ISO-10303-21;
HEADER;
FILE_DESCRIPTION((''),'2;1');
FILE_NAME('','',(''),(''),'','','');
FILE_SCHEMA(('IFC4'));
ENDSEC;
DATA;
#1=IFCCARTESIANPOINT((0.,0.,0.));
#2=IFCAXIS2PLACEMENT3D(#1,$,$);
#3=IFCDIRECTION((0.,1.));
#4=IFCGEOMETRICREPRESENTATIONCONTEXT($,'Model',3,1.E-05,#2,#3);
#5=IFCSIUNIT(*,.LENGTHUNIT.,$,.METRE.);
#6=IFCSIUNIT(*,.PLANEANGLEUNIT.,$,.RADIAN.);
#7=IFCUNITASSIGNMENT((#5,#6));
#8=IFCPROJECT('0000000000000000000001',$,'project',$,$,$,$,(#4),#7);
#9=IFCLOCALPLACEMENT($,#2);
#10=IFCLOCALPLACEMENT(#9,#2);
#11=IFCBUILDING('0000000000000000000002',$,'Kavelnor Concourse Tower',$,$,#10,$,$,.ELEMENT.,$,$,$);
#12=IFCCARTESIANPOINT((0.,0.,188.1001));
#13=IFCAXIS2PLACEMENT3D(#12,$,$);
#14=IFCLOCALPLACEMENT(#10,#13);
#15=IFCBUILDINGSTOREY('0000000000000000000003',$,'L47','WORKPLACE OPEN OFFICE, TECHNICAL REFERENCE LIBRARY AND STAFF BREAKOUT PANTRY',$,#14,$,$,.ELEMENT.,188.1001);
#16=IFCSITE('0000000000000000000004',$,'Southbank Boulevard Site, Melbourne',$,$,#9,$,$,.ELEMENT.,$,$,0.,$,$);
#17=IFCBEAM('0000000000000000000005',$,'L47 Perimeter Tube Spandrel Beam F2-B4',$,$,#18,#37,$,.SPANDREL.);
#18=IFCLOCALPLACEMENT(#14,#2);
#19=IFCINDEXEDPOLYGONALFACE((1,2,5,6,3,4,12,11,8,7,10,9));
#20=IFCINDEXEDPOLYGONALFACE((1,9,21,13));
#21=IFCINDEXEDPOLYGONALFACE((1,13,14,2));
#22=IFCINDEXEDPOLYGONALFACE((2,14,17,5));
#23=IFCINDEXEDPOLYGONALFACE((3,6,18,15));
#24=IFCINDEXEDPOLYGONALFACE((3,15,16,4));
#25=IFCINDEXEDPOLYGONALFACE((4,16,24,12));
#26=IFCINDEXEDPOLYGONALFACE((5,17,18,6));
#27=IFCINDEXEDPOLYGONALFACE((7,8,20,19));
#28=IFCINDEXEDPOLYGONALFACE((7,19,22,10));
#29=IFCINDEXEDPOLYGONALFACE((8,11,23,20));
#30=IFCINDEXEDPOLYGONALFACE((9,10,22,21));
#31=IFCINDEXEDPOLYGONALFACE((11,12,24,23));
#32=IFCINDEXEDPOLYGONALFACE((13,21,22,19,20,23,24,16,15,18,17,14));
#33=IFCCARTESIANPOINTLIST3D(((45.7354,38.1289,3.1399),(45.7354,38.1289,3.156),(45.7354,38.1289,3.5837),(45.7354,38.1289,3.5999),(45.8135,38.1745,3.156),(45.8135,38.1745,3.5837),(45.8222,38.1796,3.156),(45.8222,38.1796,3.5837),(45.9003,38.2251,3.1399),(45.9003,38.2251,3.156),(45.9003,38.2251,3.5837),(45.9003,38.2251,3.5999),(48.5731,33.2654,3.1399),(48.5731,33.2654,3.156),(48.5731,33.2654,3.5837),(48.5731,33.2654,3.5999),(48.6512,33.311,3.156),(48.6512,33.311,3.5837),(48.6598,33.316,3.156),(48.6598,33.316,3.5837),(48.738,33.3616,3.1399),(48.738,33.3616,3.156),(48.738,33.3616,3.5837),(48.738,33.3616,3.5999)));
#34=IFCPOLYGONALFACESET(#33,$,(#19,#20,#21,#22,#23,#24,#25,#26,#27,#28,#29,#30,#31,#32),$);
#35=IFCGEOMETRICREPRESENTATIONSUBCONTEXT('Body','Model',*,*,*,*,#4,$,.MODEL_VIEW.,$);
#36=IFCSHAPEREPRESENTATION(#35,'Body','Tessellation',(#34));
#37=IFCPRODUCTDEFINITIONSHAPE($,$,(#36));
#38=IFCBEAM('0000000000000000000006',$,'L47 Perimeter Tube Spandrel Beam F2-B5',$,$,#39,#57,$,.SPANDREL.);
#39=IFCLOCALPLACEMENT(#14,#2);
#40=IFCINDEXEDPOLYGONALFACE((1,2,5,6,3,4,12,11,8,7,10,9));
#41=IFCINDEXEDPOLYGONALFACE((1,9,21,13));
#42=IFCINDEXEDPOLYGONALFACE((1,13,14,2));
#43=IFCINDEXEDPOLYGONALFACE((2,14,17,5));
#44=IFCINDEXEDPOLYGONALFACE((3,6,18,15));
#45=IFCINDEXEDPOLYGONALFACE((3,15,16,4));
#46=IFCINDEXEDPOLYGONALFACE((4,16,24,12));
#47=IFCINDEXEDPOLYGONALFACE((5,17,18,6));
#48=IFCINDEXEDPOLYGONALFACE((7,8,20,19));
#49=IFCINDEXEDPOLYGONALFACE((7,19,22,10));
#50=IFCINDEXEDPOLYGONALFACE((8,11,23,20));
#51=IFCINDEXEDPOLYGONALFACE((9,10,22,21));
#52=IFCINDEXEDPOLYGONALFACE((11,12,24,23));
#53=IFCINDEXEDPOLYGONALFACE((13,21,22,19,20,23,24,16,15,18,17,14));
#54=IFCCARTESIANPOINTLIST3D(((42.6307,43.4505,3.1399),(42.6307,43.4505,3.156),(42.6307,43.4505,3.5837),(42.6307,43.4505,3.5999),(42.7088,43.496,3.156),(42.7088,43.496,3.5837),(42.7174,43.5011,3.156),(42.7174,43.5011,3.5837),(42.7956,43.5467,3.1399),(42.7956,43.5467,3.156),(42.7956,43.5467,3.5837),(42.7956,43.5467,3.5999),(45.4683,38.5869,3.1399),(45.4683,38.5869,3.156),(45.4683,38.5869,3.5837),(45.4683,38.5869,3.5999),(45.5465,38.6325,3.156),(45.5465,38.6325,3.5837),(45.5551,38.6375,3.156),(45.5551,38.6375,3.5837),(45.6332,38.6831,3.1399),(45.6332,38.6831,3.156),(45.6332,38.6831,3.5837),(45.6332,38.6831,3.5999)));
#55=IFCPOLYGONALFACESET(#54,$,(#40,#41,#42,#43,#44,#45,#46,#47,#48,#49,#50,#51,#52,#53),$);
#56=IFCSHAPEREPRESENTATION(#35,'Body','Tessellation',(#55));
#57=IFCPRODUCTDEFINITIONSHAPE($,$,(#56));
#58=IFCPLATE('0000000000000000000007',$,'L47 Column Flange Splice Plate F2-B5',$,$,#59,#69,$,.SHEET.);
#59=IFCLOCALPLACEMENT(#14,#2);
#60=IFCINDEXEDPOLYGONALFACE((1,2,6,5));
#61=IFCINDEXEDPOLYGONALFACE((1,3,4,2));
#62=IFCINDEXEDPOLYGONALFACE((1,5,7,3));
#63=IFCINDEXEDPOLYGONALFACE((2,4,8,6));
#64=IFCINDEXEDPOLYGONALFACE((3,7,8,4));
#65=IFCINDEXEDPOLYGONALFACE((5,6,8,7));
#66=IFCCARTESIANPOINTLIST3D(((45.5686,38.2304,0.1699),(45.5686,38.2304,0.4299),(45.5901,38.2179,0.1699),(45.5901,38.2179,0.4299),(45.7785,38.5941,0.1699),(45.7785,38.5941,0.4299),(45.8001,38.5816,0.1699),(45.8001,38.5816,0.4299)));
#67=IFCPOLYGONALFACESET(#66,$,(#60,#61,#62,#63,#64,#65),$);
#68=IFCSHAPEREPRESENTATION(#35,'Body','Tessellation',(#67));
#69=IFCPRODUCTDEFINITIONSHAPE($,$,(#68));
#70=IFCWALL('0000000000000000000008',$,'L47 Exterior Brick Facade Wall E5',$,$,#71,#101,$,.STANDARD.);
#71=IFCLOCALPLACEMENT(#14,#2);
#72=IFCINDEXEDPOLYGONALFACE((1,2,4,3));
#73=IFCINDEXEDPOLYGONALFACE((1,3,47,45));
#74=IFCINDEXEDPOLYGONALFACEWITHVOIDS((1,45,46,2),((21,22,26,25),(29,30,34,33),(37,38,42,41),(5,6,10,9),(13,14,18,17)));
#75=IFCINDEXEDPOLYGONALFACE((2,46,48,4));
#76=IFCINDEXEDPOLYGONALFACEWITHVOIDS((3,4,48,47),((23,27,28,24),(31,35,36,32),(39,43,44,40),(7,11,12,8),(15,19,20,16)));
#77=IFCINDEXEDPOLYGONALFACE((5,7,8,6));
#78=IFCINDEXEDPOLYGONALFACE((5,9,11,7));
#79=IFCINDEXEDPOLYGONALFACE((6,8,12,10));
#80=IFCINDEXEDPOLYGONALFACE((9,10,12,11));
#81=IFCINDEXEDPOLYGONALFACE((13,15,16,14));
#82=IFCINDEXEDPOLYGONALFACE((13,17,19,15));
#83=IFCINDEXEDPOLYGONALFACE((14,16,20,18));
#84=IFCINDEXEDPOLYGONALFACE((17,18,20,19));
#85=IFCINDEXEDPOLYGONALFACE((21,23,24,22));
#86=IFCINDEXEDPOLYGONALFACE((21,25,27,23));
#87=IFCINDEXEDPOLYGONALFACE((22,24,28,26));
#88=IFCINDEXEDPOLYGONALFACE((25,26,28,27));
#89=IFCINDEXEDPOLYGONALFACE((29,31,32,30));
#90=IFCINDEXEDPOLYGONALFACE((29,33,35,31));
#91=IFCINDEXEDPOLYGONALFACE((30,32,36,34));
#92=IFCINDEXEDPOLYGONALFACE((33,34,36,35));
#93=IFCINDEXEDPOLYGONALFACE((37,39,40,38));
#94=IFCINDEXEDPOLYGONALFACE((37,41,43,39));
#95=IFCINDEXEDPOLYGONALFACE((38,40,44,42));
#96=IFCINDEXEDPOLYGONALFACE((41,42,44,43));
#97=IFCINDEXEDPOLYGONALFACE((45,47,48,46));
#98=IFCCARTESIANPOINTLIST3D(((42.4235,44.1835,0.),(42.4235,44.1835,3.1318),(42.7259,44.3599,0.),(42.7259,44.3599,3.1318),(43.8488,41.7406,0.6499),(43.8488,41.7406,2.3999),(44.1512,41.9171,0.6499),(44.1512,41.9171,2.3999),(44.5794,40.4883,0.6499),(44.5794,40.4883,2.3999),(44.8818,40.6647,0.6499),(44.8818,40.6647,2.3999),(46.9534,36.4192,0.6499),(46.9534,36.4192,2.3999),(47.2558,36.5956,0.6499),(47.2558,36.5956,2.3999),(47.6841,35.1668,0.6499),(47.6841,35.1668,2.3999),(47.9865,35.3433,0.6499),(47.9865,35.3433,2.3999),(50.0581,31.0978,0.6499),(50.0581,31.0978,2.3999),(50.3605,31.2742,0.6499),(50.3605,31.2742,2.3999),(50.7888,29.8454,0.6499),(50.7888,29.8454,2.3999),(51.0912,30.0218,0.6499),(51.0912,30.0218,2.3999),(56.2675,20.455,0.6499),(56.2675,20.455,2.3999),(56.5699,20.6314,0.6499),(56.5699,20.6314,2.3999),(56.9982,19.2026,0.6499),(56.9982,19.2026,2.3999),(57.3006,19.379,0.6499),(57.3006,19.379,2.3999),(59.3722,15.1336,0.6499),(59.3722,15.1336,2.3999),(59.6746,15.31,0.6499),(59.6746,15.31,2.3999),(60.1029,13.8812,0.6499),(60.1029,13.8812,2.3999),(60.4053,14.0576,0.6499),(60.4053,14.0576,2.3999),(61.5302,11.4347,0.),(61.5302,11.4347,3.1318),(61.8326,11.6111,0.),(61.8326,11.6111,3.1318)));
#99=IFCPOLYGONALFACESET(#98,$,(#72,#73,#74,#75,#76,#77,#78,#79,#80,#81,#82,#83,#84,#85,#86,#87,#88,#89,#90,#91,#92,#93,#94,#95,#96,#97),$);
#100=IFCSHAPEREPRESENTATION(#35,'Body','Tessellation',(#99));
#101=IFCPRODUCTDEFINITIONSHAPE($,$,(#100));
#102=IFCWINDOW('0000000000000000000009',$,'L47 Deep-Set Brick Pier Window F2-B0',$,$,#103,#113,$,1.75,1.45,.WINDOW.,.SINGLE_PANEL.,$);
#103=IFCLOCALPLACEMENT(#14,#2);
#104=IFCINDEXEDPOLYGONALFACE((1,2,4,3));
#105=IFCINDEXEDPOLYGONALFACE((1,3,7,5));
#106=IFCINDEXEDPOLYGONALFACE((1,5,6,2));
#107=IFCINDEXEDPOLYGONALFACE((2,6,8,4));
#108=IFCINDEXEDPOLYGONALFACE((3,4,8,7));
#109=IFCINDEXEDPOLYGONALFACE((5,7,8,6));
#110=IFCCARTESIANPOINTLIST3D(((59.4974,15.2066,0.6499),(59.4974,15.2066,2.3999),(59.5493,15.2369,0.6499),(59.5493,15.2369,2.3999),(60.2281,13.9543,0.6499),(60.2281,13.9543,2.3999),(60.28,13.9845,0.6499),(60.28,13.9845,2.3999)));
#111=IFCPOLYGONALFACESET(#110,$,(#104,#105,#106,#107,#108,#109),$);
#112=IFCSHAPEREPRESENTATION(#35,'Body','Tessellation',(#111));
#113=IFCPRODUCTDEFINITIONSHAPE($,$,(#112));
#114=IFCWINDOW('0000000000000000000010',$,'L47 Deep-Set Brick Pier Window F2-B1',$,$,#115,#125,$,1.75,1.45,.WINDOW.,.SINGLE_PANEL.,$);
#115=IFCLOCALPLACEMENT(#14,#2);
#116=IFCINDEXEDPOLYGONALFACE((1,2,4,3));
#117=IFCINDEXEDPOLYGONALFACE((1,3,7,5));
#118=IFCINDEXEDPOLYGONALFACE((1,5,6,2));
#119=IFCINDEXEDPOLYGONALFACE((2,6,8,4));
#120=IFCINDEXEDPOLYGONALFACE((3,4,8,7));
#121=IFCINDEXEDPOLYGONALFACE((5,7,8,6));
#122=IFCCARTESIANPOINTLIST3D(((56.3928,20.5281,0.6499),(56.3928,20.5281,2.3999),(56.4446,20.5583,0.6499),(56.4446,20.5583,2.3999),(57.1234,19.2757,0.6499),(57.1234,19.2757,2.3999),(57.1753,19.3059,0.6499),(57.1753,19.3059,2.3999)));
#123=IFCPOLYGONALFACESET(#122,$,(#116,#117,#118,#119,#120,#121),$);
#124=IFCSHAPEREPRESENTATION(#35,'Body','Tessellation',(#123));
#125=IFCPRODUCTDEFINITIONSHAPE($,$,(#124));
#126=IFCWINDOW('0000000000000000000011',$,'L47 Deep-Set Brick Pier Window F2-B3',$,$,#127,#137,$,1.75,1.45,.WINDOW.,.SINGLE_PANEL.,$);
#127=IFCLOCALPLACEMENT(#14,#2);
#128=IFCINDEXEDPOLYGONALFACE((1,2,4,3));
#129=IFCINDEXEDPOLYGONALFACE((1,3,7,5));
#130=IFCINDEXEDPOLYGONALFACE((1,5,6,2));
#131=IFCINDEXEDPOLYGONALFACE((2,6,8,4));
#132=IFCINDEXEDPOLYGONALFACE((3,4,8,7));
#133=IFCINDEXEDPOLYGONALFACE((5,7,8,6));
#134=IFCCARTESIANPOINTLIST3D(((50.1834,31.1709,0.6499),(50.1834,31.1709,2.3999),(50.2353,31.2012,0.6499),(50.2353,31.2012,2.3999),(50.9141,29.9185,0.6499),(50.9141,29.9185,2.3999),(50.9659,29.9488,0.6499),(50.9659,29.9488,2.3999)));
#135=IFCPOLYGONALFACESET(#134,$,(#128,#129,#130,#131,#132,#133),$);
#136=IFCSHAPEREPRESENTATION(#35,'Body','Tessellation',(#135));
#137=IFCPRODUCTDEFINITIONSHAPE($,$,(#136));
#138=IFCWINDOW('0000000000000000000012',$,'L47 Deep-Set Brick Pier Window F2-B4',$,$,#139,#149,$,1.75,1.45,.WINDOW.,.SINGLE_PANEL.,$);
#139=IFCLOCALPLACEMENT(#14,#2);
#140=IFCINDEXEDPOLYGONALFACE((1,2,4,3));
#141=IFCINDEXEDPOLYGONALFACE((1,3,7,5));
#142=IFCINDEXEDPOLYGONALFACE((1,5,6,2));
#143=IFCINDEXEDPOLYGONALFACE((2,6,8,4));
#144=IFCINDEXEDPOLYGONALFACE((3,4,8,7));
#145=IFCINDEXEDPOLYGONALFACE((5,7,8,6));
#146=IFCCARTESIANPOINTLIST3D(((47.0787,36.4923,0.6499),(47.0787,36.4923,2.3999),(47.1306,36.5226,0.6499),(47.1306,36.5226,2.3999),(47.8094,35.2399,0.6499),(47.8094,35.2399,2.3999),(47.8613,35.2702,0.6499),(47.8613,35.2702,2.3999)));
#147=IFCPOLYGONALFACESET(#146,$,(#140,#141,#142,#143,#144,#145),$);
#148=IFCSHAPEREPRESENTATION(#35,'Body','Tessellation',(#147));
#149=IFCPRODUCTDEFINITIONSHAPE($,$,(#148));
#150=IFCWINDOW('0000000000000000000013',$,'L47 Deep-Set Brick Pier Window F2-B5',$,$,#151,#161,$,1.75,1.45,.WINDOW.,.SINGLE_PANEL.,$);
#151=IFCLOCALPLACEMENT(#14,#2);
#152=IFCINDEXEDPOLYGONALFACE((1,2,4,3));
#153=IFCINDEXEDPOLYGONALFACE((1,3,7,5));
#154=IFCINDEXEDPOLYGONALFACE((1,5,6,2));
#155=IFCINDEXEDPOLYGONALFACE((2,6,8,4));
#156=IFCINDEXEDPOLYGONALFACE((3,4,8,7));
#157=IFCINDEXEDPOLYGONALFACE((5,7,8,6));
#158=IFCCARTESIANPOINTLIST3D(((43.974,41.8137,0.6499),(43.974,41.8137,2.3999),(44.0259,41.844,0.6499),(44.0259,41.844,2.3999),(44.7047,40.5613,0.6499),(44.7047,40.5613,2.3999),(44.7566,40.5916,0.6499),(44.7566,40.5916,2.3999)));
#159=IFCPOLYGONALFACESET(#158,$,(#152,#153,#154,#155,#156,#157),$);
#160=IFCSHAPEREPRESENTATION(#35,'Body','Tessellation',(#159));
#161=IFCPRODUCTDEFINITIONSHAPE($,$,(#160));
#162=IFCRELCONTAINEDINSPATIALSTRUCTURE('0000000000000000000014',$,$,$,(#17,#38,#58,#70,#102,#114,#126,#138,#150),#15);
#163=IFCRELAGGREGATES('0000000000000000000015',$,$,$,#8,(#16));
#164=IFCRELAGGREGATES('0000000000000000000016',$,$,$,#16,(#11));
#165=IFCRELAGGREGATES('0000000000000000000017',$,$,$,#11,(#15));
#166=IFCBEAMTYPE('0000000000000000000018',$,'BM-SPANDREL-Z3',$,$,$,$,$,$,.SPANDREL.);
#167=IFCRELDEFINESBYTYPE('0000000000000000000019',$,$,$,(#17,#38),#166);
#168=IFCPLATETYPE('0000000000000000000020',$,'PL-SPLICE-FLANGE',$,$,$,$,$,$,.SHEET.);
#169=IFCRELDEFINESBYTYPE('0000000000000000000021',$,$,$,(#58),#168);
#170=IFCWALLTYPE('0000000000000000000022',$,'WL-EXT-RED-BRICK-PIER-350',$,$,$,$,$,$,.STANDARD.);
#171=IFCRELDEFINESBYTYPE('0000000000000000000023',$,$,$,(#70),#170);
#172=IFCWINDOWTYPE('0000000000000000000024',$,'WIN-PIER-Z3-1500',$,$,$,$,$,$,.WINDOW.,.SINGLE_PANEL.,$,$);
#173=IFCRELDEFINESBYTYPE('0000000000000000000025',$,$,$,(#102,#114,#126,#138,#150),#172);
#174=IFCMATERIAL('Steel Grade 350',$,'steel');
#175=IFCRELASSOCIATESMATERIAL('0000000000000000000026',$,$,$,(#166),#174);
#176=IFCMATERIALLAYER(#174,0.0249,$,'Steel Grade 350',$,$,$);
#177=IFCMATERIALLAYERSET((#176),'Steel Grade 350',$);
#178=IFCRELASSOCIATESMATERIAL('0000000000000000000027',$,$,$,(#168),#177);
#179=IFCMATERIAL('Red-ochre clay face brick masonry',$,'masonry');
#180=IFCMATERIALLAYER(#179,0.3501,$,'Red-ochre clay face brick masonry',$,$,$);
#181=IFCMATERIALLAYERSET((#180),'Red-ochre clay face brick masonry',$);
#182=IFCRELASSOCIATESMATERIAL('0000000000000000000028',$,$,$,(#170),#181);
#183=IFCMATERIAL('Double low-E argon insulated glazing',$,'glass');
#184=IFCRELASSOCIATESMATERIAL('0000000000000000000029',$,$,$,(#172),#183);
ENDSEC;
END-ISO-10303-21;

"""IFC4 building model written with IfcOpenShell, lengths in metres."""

from ifc_helpers import new_model, si_unit, direction, frame, frame_2d, origin, origin_2d, place, context, subcontext, project, spatial, rectangle, i_section, extrude, material, layer, layer_set, material_profile, profile_set, type_object, element, fill, save


model = new_model("IFC4")

# Units and contexts
model_context = context("Model", 3, precision=1e-05, world=origin(), true_north=direction((0.0, 1.0)))
body_context = subcontext(model_context, "Body", "Model", "MODEL_VIEW")
ifc_project = project(units=[si_unit("LENGTHUNIT", "METRE"), si_unit("PLANEANGLEUNIT", "RADIAN")], contexts=[model_context])

# Site, building, storey
site_placement = place(None, origin())
site = spatial("IfcSite", under=ifc_project, at=site_placement, Name="Southbank Boulevard Site, Melbourne", CompositionType="ELEMENT", RefElevation=0.0)
building_placement = place(site_placement, origin())
building = spatial("IfcBuilding", under=site, at=building_placement, Name="Kavelnor Concourse Tower", CompositionType="ELEMENT")
storey_placement = place(building_placement, frame((0.0, 0.0, 188.1001)))
storey = spatial("IfcBuildingStorey", under=building, at=storey_placement, Name="L47", Description="WORKPLACE OPEN OFFICE, TECHNICAL REFERENCE LIBRARY AND STAFF BREAKOUT PANTRY", CompositionType="ELEMENT", Elevation=188.1001)

# Shared definitions
ifc_material_1 = material(Name="Steel Grade 350", Category="steel")

# Beams
ifc_material_profile_1 = material_profile(ifc_material_1, i_section(OverallWidth=0.1909, OverallDepth=0.46, WebThickness=0.01, FlangeThickness=0.0161, at=origin_2d()), Name="460UB82")
ifc_profile_set_1 = profile_set([ifc_material_profile_1], Name="Steel Grade 350")
beam_type_1 = type_object("IfcBeamType", Name="BM-SPANDREL-Z3", PredefinedType="SPANDREL", material=ifc_profile_set_1)
for number, where, z_axis, x_axis, name in (
    (1, (48.6555, 33.3135, 3.3699), (-0.503949, 0.863733, 0.0), (-0.863733, -0.503949, 0.0), "L47 Perimeter Tube Spandrel Beam F2-B4"),
    (2, (45.5508, 38.635, 3.3699), (-0.503949, 0.863733, 0.0), (-0.863733, -0.503949, 0.0), "L47 Perimeter Tube Spandrel Beam F2-B5"),
):
    element("IfcBeam", number, at=place(storey_placement, frame(where, z_axis=z_axis, x_axis=x_axis)), inside=storey, type_object=beam_type_1, Name=name, PredefinedType="SPANDREL", context=body_context, shape_type="SweptSolid", body=[
        extrude(i_section(OverallWidth=0.1909, OverallDepth=0.46, WebThickness=0.01, FlangeThickness=0.0161, at=origin_2d()), origin(), (0.0, 0.0, 1.0), 5.6309),
    ])

# Plate
ifc_layer_1 = layer(ifc_material_1, 0.0249, Name="Steel Grade 350")
ifc_layer_set_1 = layer_set([ifc_layer_1], Name="Steel Grade 350")
plate_type = type_object("IfcPlateType", Name="PL-SPLICE-FLANGE", PredefinedType="SHEET", material=ifc_layer_set_1)
plate_placement = place(storey_placement, frame((45.6843, 38.406, 0.1699), z_axis=(0.0, 0.0, 1.0), x_axis=(-0.5, -0.866025, 0.0)))
element("IfcPlate", 3, at=plate_placement, inside=storey, type_object=plate_type, Name="L47 Column Flange Splice Plate F2-B5", PredefinedType="SHEET", context=body_context, shape_type="SweptSolid", body=[
    extrude(rectangle(XDim=0.4199, YDim=0.0249, at=origin_2d()), origin(), (0.0, 0.0, 1.0), 0.26),
])

# Wall, openings, windows
ifc_material_2 = material(Name="Red-ochre clay face brick masonry", Category="masonry")
ifc_layer_2 = layer(ifc_material_2, 0.3501, Name="Red-ochre clay face brick masonry")
ifc_layer_set_2 = layer_set([ifc_layer_2], Name="Red-ochre clay face brick masonry")
wall_type_1 = type_object("IfcWallType", Name="WL-EXT-RED-BRICK-PIER-350", PredefinedType="STANDARD", material=ifc_layer_set_2)
wall_1_placement = place(storey_placement, frame((42.5747, 44.2717, 0.0), z_axis=(0.0, 0.0, 1.0), x_axis=(0.503935, -0.863742, 0.0)))
wall_1 = element("IfcWall", 4, at=wall_1_placement, inside=storey, type_object=wall_type_1, Name="L47 Exterior Brick Facade Wall E5", PredefinedType="STANDARD", context=body_context, shape_type="SweptSolid", body=[
    extrude(rectangle(XDim=37.915, YDim=0.3501, at=frame_2d((18.9575, 0.0))), origin(), (0.0, 0.0, 1.0), 3.1318),
])
opening_1_placement = place(wall_1_placement, frame((33.6326, 0.0, 0.6499)))
opening_1 = element("IfcOpeningElement", 5, at=opening_1_placement, cuts=wall_1, PredefinedType="OPENING", context=body_context, shape_type="SweptSolid", body=[
    extrude(rectangle(XDim=1.45, YDim=1.75, at=frame_2d((0.7251, 0.875))), frame((0.0, 0.1851, 0.0), z_axis=(0.0, -1.0, 0.0), x_axis=(1.0, 0.0, 0.0)), (0.0, 0.0, 1.0), 0.3701),
])
opening_2_placement = place(wall_1_placement, frame((27.4717, 0.0, 0.6499)))
opening_2 = element("IfcOpeningElement", 6, at=opening_2_placement, cuts=wall_1, PredefinedType="OPENING", context=body_context, shape_type="SweptSolid", body=[
    extrude(rectangle(XDim=1.45, YDim=1.75, at=frame_2d((0.7251, 0.875))), frame((0.0, 0.1851, 0.0), z_axis=(0.0, -1.0, 0.0), x_axis=(1.0, 0.0, 0.0)), (0.0, 0.0, 1.0), 0.3701),
])
opening_3_placement = place(wall_1_placement, frame((15.1499, 0.0, 0.6499)))
opening_3 = element("IfcOpeningElement", 7, at=opening_3_placement, cuts=wall_1, PredefinedType="OPENING", context=body_context, shape_type="SweptSolid", body=[
    extrude(rectangle(XDim=1.45, YDim=1.75, at=frame_2d((0.7251, 0.875))), frame((0.0, 0.1851, 0.0), z_axis=(0.0, -1.0, 0.0), x_axis=(1.0, 0.0, 0.0)), (0.0, 0.0, 1.0), 0.3701),
])
opening_4_placement = place(wall_1_placement, frame((8.989, 0.0, 0.6499)))
opening_4 = element("IfcOpeningElement", 8, at=opening_4_placement, cuts=wall_1, PredefinedType="OPENING", context=body_context, shape_type="SweptSolid", body=[
    extrude(rectangle(XDim=1.45, YDim=1.75, at=frame_2d((0.7251, 0.875))), frame((0.0, 0.1851, 0.0), z_axis=(0.0, -1.0, 0.0), x_axis=(1.0, 0.0, 0.0)), (0.0, 0.0, 1.0), 0.3701),
])
opening_5_placement = place(wall_1_placement, frame((2.8281, 0.0, 0.6499)))
opening_5 = element("IfcOpeningElement", 9, at=opening_5_placement, cuts=wall_1, PredefinedType="OPENING", context=body_context, shape_type="SweptSolid", body=[
    extrude(rectangle(XDim=1.45, YDim=1.75, at=frame_2d((0.7251, 0.875))), frame((0.0, 0.1851, 0.0), z_axis=(0.0, -1.0, 0.0), x_axis=(1.0, 0.0, 0.0)), (0.0, 0.0, 1.0), 0.3701),
])
ifc_material_3 = material(Name="Double low-E argon insulated glazing", Category="glass")
window_type = type_object("IfcWindowType", Name="WIN-PIER-Z3-1500", PartitioningType="SINGLE_PANEL", PredefinedType="WINDOW", material=ifc_material_3)
window_1_placement = place(opening_1_placement, origin())
window_1 = element("IfcWindow", 10, at=window_1_placement, inside=storey, type_object=window_type, Name="L47 Deep-Set Brick Pier Window F2-B0", OverallHeight=1.75, OverallWidth=1.45, PartitioningType="SINGLE_PANEL", PredefinedType="WINDOW", context=body_context, shape_type="SweptSolid", body=[
    extrude(rectangle(XDim=1.45, YDim=1.75, at=frame_2d((0.7251, 0.875))), frame((0.0, 0.03, 0.0), z_axis=(0.0, -1.0, 0.0), x_axis=(1.0, 0.0, 0.0)), (0.0, 0.0, 1.0), 0.0601),
])
fill(opening_1, window_1)
window_2_placement = place(opening_2_placement, origin())
window_2 = element("IfcWindow", 11, at=window_2_placement, inside=storey, type_object=window_type, Name="L47 Deep-Set Brick Pier Window F2-B1", OverallHeight=1.75, OverallWidth=1.45, PartitioningType="SINGLE_PANEL", PredefinedType="WINDOW", context=body_context, shape_type="SweptSolid", body=[
    extrude(rectangle(XDim=1.45, YDim=1.75, at=frame_2d((0.7251, 0.875))), frame((0.0, 0.03, 0.0), z_axis=(0.0, -1.0, 0.0), x_axis=(1.0, 0.0, 0.0)), (0.0, 0.0, 1.0), 0.0601),
])
fill(opening_2, window_2)
window_3_placement = place(opening_3_placement, origin())
window_3 = element("IfcWindow", 12, at=window_3_placement, inside=storey, type_object=window_type, Name="L47 Deep-Set Brick Pier Window F2-B3", OverallHeight=1.75, OverallWidth=1.45, PartitioningType="SINGLE_PANEL", PredefinedType="WINDOW", context=body_context, shape_type="SweptSolid", body=[
    extrude(rectangle(XDim=1.45, YDim=1.75, at=frame_2d((0.7251, 0.875))), frame((0.0, 0.03, 0.0), z_axis=(0.0, -1.0, 0.0), x_axis=(1.0, 0.0, 0.0)), (0.0, 0.0, 1.0), 0.0601),
])
fill(opening_3, window_3)
window_4_placement = place(opening_4_placement, origin())
window_4 = element("IfcWindow", 13, at=window_4_placement, inside=storey, type_object=window_type, Name="L47 Deep-Set Brick Pier Window F2-B4", OverallHeight=1.75, OverallWidth=1.45, PartitioningType="SINGLE_PANEL", PredefinedType="WINDOW", context=body_context, shape_type="SweptSolid", body=[
    extrude(rectangle(XDim=1.45, YDim=1.75, at=frame_2d((0.7251, 0.875))), frame((0.0, 0.03, 0.0), z_axis=(0.0, -1.0, 0.0), x_axis=(1.0, 0.0, 0.0)), (0.0, 0.0, 1.0), 0.0601),
])
fill(opening_4, window_4)
window_5_placement = place(opening_5_placement, origin())
window_5 = element("IfcWindow", 14, at=window_5_placement, inside=storey, type_object=window_type, Name="L47 Deep-Set Brick Pier Window F2-B5", OverallHeight=1.75, OverallWidth=1.45, PartitioningType="SINGLE_PANEL", PredefinedType="WINDOW", context=body_context, shape_type="SweptSolid", body=[
    extrude(rectangle(XDim=1.45, YDim=1.75, at=frame_2d((0.7251, 0.875))), frame((0.0, 0.03, 0.0), z_axis=(0.0, -1.0, 0.0), x_axis=(1.0, 0.0, 0.0)), (0.0, 0.0, 1.0), 0.0601),
])
fill(opening_5, window_5)

save(model, "model.ifc")
